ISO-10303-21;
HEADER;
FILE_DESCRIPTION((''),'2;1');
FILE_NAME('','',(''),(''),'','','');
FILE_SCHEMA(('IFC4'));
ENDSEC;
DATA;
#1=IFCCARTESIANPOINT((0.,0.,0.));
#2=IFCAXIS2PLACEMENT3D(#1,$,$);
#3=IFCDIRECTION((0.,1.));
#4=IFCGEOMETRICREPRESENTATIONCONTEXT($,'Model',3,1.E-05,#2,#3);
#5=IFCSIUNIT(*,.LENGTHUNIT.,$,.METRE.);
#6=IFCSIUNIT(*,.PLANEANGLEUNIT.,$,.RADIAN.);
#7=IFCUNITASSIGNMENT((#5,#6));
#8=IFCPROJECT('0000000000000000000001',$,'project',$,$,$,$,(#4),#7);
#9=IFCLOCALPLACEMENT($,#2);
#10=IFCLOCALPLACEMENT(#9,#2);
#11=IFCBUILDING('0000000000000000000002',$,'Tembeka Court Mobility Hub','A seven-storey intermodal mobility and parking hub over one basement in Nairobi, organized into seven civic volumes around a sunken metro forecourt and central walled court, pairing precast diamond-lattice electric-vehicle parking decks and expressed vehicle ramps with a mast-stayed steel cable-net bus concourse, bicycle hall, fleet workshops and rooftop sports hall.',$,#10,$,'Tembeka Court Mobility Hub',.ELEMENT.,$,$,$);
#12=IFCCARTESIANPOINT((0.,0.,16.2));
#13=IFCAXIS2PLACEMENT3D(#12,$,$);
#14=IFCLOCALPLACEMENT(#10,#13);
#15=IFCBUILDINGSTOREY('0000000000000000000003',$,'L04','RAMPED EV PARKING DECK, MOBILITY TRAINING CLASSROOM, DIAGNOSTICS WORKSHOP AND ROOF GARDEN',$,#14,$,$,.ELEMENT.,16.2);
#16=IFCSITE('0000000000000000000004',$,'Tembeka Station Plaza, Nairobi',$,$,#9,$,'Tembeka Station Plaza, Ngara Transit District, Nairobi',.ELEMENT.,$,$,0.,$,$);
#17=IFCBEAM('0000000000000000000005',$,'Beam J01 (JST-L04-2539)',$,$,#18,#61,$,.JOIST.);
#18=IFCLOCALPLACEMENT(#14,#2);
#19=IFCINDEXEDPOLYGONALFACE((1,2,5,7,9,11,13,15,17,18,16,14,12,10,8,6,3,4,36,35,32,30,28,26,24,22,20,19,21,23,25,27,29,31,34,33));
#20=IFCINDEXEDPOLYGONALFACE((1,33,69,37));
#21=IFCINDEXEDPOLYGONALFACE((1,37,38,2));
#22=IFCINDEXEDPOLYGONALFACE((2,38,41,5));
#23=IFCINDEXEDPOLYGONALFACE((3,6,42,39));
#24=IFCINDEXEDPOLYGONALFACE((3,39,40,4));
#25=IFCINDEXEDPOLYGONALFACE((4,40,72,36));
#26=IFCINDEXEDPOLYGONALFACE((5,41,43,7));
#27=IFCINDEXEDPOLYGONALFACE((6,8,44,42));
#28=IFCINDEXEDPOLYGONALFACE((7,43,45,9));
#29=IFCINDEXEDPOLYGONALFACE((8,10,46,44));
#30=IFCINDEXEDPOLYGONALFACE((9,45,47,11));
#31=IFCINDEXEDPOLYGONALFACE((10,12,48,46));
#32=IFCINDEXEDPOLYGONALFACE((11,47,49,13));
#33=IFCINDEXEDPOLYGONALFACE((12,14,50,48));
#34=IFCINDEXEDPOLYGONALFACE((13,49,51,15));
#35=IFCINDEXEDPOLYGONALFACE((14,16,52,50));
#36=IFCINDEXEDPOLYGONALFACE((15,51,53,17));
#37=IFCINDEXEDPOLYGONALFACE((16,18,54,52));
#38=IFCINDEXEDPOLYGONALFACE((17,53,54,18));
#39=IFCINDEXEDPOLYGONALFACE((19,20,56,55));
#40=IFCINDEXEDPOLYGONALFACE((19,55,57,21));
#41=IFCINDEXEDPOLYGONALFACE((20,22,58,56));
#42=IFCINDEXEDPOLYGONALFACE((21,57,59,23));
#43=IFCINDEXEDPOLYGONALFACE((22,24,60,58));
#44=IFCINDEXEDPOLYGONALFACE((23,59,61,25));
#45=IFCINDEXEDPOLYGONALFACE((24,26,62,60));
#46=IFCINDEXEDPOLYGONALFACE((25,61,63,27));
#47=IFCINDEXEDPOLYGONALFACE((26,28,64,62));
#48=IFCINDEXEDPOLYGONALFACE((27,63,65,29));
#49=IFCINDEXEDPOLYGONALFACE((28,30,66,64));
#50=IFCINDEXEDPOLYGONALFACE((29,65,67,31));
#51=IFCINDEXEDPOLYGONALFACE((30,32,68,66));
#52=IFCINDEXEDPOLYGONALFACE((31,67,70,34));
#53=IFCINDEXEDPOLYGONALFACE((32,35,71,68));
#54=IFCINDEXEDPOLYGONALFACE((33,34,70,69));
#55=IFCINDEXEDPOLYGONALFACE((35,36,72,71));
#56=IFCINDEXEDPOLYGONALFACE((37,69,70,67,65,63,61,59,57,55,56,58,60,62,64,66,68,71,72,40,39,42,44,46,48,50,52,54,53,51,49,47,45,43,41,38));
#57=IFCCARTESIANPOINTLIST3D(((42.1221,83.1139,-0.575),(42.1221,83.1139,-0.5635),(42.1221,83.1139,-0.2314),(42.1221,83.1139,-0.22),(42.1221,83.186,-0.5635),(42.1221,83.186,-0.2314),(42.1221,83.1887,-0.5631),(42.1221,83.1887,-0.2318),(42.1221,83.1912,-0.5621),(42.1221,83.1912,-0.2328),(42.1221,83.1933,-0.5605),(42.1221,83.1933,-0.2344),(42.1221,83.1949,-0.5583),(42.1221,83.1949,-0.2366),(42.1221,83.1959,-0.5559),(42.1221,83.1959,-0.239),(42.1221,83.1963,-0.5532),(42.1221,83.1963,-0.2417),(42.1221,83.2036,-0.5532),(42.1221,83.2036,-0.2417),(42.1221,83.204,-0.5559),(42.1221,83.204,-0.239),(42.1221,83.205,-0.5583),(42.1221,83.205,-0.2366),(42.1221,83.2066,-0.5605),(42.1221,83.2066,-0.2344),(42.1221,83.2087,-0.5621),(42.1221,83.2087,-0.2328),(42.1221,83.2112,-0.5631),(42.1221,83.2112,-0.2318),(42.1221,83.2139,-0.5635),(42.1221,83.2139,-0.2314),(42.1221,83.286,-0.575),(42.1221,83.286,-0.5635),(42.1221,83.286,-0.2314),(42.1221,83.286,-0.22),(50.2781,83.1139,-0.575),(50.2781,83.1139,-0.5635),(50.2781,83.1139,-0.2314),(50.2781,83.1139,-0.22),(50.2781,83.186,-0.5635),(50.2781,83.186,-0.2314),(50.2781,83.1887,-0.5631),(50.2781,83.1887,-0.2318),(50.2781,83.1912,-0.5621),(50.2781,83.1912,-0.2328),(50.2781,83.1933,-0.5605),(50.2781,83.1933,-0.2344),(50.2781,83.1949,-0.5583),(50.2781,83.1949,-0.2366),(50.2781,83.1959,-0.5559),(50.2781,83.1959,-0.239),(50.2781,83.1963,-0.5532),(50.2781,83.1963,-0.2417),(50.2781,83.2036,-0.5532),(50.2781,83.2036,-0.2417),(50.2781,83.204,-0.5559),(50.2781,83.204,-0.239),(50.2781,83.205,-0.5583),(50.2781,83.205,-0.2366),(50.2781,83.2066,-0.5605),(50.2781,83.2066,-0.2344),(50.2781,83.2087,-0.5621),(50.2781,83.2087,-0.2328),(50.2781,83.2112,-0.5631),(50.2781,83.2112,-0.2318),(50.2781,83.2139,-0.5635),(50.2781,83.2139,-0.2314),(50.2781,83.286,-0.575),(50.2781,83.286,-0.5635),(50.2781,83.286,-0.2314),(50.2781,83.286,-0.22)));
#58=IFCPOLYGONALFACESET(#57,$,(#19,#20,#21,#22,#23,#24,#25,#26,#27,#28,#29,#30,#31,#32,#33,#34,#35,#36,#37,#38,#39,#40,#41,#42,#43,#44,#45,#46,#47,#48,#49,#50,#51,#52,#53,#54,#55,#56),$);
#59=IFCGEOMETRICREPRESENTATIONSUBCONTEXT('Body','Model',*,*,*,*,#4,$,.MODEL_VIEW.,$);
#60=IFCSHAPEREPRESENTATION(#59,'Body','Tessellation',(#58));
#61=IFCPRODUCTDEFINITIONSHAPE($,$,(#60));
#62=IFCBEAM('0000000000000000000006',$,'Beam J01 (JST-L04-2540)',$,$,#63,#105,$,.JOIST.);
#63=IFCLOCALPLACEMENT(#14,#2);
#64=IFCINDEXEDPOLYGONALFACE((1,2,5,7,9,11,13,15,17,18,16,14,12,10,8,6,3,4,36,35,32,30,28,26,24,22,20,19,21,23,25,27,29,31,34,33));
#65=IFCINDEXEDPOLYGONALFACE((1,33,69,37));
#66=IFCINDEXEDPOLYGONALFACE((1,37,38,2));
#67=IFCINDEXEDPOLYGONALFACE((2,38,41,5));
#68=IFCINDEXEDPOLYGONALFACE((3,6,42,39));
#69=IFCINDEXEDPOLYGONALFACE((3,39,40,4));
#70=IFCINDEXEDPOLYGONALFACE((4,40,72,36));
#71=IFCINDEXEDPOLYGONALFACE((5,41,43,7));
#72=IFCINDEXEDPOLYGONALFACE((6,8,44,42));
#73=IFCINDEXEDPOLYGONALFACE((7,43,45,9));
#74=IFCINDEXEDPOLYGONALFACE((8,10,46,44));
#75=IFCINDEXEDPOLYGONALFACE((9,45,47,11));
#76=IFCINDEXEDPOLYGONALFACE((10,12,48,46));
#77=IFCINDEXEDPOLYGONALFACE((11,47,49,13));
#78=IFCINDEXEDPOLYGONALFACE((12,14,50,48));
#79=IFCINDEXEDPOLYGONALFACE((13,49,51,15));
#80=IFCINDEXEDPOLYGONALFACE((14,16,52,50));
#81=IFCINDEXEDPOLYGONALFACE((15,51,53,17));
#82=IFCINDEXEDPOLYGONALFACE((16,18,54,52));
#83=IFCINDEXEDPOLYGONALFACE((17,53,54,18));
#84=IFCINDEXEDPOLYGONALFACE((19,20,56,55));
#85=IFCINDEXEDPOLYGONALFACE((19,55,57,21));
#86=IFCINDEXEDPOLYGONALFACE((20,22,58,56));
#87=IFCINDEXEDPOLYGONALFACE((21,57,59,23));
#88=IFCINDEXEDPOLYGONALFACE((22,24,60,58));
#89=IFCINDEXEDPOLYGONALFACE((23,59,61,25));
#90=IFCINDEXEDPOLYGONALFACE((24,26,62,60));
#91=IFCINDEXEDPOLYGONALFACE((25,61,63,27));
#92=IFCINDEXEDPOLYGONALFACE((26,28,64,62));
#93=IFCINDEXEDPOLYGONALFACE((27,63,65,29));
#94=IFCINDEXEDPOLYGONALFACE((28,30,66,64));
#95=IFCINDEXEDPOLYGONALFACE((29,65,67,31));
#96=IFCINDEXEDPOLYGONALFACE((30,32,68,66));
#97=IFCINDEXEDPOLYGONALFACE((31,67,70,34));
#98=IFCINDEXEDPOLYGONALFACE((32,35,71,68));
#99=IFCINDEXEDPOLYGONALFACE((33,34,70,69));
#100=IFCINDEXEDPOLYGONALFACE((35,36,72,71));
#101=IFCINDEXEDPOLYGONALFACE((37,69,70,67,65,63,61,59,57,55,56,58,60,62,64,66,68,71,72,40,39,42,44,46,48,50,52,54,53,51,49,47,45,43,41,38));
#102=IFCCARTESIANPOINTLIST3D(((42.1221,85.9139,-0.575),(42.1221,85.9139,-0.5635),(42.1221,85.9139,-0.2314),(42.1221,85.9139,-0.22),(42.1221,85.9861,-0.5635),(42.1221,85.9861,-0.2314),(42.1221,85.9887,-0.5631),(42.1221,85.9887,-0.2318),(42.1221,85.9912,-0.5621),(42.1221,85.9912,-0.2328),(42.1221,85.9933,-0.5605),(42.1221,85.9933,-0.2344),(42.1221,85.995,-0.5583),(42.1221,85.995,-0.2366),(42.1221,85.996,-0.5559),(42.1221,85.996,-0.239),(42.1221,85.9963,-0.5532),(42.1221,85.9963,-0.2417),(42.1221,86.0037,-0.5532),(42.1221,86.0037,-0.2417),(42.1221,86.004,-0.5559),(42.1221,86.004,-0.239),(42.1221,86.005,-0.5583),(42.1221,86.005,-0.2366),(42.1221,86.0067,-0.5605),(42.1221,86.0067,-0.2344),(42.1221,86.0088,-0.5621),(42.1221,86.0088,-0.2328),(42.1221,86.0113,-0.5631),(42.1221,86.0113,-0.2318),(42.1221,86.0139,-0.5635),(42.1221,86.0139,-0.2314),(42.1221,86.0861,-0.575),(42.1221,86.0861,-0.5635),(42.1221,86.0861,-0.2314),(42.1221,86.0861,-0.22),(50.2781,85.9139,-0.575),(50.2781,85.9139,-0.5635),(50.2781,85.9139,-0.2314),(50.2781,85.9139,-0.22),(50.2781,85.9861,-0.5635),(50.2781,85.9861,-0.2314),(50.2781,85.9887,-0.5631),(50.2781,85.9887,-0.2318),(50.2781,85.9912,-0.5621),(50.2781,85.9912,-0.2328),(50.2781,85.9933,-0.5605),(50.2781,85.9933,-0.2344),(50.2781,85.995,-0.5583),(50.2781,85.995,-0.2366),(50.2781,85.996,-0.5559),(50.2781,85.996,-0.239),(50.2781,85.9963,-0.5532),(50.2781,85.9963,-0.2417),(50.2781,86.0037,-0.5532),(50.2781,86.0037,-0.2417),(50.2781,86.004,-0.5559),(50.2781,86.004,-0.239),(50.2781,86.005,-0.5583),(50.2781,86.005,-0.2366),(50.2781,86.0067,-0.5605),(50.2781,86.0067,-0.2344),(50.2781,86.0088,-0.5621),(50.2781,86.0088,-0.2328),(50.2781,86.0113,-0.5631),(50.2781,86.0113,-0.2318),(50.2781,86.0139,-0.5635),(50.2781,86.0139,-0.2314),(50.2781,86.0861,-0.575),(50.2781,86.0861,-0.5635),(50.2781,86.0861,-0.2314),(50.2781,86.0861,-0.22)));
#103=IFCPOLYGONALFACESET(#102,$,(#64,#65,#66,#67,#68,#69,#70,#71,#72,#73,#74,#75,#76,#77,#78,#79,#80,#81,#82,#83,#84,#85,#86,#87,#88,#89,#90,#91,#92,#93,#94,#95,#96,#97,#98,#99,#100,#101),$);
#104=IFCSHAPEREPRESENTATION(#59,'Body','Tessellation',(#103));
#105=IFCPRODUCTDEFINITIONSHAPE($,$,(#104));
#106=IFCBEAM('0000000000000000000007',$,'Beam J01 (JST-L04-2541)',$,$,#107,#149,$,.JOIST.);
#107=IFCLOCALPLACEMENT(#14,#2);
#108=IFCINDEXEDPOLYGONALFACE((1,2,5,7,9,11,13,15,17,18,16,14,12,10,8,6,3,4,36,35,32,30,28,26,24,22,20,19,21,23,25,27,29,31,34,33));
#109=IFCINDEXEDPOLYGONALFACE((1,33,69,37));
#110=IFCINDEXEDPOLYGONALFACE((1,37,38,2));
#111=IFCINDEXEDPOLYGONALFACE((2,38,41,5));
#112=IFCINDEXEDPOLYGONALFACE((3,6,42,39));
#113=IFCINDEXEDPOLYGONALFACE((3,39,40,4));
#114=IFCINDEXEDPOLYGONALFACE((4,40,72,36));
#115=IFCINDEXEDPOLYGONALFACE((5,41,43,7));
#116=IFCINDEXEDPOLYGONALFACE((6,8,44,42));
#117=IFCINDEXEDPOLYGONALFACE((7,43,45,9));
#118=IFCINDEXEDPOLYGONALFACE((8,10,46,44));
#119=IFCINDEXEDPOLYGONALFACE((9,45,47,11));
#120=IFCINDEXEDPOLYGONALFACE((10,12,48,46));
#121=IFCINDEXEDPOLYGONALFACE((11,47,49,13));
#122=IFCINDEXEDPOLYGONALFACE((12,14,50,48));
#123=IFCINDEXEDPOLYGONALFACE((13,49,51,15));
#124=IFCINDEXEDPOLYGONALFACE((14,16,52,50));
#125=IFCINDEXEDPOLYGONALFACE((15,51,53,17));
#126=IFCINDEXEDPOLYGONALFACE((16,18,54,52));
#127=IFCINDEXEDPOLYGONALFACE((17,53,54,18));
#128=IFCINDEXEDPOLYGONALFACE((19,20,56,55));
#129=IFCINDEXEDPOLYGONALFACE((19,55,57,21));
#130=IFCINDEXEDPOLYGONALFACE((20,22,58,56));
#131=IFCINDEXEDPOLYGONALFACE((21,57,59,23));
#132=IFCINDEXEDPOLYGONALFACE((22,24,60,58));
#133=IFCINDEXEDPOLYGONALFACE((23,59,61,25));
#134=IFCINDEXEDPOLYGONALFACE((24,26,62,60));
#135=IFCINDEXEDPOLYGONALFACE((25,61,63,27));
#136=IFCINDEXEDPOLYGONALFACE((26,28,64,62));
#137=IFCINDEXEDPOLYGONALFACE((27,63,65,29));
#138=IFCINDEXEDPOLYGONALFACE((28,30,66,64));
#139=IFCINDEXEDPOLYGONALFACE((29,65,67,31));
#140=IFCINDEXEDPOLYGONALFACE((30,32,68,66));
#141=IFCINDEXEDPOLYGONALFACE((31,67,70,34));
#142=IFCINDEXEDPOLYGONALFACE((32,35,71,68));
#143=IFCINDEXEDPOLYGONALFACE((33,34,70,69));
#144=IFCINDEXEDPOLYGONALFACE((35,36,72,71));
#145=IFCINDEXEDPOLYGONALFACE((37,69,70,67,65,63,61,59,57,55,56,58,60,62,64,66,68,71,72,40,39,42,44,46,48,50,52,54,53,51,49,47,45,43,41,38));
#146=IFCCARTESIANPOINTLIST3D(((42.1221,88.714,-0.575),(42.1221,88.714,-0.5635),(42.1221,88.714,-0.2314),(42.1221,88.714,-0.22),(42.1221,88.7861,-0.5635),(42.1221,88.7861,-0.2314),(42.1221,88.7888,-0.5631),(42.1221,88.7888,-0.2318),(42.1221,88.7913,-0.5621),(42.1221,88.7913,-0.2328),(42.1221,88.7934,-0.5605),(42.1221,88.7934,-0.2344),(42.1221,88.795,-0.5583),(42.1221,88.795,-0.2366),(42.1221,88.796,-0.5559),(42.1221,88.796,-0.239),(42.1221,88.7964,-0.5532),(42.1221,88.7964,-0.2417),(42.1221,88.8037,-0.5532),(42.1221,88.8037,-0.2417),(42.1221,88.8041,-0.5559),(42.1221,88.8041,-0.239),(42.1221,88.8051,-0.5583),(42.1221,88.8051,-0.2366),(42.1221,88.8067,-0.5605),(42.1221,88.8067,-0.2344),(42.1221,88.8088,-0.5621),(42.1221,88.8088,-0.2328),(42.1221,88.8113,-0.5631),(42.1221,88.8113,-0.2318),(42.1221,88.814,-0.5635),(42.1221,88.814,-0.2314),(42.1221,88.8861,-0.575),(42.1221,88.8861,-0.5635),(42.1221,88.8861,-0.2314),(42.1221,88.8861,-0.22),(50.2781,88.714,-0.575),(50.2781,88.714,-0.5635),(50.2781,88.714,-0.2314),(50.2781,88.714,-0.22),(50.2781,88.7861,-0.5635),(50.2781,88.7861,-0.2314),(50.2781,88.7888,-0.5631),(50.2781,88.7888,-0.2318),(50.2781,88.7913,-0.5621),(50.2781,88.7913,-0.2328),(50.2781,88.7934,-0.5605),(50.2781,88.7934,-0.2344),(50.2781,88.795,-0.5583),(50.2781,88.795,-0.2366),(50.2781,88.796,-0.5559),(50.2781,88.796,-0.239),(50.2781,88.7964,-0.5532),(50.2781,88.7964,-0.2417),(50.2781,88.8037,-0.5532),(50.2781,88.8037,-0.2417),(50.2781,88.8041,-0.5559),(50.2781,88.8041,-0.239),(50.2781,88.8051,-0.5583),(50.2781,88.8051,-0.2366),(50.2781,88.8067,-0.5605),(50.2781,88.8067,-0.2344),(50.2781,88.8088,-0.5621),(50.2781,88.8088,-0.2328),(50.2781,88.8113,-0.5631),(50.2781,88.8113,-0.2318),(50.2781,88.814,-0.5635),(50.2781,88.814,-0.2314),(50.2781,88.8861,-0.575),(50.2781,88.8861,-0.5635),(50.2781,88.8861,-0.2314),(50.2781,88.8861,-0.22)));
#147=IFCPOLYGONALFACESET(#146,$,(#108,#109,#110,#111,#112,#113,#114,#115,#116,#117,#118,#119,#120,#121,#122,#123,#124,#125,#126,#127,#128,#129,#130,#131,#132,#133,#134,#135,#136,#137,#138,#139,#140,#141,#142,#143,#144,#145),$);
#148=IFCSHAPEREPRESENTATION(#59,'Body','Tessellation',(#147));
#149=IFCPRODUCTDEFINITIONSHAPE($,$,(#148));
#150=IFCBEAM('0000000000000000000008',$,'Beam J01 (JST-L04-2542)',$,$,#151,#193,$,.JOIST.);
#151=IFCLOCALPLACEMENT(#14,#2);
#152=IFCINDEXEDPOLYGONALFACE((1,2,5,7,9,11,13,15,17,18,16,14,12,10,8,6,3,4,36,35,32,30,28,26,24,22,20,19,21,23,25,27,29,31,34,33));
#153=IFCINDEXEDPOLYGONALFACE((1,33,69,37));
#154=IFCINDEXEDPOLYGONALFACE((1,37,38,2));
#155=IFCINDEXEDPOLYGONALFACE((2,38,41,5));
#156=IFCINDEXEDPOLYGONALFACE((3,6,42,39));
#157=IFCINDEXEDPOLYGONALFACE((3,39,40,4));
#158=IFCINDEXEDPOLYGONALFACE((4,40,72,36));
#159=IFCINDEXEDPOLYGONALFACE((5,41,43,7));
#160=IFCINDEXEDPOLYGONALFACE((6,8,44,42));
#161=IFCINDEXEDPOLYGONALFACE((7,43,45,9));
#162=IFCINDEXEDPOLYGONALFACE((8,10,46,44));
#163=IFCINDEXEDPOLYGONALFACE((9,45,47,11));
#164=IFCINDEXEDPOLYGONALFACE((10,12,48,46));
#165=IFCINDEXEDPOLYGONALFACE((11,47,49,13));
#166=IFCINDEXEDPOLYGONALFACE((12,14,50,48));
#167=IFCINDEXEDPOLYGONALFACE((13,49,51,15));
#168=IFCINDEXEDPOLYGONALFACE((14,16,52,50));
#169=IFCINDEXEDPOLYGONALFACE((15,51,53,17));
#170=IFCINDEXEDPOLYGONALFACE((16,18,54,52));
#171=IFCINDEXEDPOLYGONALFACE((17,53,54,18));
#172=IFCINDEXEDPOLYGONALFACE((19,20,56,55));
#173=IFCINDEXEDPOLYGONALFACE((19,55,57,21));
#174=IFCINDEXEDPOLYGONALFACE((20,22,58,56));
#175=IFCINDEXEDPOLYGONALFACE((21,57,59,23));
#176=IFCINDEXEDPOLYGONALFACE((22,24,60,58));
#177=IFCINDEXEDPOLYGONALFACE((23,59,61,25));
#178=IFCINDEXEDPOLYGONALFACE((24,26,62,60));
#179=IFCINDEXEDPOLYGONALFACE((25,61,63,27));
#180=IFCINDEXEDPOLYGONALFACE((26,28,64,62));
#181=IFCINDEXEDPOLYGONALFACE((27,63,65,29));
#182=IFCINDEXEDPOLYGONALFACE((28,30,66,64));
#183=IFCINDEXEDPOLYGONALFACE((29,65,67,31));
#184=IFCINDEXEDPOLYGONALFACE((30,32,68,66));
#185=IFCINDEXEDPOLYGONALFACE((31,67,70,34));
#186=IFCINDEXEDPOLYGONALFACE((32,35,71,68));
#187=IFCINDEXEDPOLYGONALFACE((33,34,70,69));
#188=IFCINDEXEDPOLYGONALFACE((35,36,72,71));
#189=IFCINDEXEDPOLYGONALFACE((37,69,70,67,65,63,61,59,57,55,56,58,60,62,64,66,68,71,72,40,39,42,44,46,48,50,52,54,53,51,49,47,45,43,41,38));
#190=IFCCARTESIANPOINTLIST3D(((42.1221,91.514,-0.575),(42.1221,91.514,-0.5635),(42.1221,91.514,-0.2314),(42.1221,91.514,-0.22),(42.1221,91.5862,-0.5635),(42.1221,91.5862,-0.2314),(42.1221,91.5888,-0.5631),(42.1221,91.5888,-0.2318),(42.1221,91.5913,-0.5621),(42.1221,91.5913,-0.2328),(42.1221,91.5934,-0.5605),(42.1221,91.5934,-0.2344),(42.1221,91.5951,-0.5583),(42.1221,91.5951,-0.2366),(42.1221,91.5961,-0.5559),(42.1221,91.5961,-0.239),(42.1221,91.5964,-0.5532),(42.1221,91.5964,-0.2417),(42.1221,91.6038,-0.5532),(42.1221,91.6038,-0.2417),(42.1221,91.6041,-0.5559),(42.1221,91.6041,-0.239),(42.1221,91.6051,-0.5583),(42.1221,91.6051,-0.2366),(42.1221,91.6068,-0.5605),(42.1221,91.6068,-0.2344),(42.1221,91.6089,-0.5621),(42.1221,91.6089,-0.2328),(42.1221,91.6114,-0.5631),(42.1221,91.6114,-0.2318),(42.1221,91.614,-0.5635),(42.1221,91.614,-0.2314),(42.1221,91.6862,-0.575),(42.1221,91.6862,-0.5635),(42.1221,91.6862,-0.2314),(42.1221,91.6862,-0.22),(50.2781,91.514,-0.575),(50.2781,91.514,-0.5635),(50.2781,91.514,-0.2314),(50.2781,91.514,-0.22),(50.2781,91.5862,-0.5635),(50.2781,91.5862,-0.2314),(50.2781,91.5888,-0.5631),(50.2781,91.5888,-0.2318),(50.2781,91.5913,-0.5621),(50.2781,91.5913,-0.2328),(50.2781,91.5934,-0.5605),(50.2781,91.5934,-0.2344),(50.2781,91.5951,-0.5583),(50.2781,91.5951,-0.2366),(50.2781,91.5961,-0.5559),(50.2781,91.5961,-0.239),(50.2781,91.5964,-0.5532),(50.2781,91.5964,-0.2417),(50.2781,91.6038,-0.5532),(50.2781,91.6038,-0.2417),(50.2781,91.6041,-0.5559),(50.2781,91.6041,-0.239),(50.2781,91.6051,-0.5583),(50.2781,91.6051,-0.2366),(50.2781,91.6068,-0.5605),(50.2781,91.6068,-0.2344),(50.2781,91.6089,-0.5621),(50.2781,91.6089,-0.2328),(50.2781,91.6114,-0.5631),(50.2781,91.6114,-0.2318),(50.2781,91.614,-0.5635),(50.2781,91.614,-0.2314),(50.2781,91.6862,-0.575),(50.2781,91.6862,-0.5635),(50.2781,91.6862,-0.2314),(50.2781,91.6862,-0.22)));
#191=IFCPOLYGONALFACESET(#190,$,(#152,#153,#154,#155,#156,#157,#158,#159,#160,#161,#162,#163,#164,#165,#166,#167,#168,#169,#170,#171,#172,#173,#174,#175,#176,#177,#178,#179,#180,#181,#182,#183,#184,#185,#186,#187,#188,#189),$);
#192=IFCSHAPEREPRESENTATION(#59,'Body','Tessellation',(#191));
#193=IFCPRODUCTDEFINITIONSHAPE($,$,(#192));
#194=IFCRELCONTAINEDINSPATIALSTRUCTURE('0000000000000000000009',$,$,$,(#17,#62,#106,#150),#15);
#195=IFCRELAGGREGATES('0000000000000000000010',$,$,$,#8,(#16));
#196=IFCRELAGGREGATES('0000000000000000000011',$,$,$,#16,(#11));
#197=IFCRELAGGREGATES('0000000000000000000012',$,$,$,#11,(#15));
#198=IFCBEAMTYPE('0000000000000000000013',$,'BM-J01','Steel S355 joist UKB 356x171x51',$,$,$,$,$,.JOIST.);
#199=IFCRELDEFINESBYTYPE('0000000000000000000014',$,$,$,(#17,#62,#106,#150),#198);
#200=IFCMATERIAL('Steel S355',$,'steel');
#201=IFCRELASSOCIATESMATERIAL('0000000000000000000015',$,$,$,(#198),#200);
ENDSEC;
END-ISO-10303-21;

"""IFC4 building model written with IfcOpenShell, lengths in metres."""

from ifc_helpers import new_model, si_unit, direction, frame, origin, origin_2d, place, context, subcontext, project, spatial, i_section, extrude, material, material_profile, profile_set, type_object, element, save


model = new_model("IFC4")

# Units and contexts
model_context = context("Model", 3, precision=1e-05, world=origin(), true_north=direction((0.0, 1.0)))
body_context = subcontext(model_context, "Body", "Model", "MODEL_VIEW")
ifc_project = project(units=[si_unit("LENGTHUNIT", "METRE"), si_unit("PLANEANGLEUNIT", "RADIAN")], contexts=[model_context])

# Site, building, storey
site_placement = place(None, origin())
site = spatial("IfcSite", under=ifc_project, at=site_placement, Name="Tembeka Station Plaza, Nairobi", LongName="Tembeka Station Plaza, Ngara Transit District, Nairobi", CompositionType="ELEMENT", RefElevation=0.0)
building_placement = place(site_placement, origin())
building = spatial("IfcBuilding", under=site, at=building_placement, Name="Tembeka Court Mobility Hub", Description="A seven-storey intermodal mobility and parking hub over one basement in Nairobi, organized into seven civic volumes around a sunken metro forecourt and central walled court, pairing precast diamond-lattice electric-vehicle parking decks and expressed vehicle ramps with a mast-stayed steel cable-net bus concourse, bicycle hall, fleet workshops and rooftop sports hall.", LongName="Tembeka Court Mobility Hub", CompositionType="ELEMENT")
storey_placement = place(building_placement, frame((0.0, 0.0, 16.2)))
storey = spatial("IfcBuildingStorey", under=building, at=storey_placement, Name="L04", Description="RAMPED EV PARKING DECK, MOBILITY TRAINING CLASSROOM, DIAGNOSTICS WORKSHOP AND ROOF GARDEN", CompositionType="ELEMENT", Elevation=16.2)

# Shared definitions
ifc_material = material(Name="Steel S355", Category="steel")

# Beams
ifc_material_profile_1 = material_profile(ifc_material, i_section(OverallWidth=0.1721, OverallDepth=0.355, WebThickness=0.0073, FlangeThickness=0.0115, FilletRadius=0.0103, at=origin_2d()), Name="UKB 356x171x51")
ifc_profile_set_1 = profile_set([ifc_material_profile_1], Name="Steel S355")
beam_type_1 = type_object("IfcBeamType", Name="BM-J01", Description="Steel S355 joist UKB 356x171x51", PredefinedType="JOIST", material=ifc_profile_set_1)
for number, where, z_axis, x_axis, name in (
    (1, (42.1221, 83.2, -0.3975), (1.0, 0.0, 0.0), (0.0, 1.0, 0.0), "Beam J01 (JST-L04-2539)"),
    (2, (42.1221, 86.0, -0.3975), (1.0, 0.0, 0.0), (0.0, 1.0, 0.0), "Beam J01 (JST-L04-2540)"),
    (3, (42.1221, 88.8, -0.3975), (1.0, 0.0, 0.0), (0.0, 1.0, 0.0), "Beam J01 (JST-L04-2541)"),
    (4, (42.1221, 91.6001, -0.3975), (1.0, 0.0, 0.0), (0.0, 1.0, 0.0), "Beam J01 (JST-L04-2542)"),
):
    element("IfcBeam", number, at=place(storey_placement, frame(where, z_axis=z_axis, x_axis=x_axis)), inside=storey, type_object=beam_type_1, Name=name, PredefinedType="JOIST", context=body_context, shape_type="SweptSolid", body=[
        extrude(i_section(OverallWidth=0.1721, OverallDepth=0.355, WebThickness=0.0073, FlangeThickness=0.0115, FilletRadius=0.0103, at=origin_2d()), origin(), (0.0, 0.0, 1.0), 8.156),
    ])

save(model, "model.ifc")
